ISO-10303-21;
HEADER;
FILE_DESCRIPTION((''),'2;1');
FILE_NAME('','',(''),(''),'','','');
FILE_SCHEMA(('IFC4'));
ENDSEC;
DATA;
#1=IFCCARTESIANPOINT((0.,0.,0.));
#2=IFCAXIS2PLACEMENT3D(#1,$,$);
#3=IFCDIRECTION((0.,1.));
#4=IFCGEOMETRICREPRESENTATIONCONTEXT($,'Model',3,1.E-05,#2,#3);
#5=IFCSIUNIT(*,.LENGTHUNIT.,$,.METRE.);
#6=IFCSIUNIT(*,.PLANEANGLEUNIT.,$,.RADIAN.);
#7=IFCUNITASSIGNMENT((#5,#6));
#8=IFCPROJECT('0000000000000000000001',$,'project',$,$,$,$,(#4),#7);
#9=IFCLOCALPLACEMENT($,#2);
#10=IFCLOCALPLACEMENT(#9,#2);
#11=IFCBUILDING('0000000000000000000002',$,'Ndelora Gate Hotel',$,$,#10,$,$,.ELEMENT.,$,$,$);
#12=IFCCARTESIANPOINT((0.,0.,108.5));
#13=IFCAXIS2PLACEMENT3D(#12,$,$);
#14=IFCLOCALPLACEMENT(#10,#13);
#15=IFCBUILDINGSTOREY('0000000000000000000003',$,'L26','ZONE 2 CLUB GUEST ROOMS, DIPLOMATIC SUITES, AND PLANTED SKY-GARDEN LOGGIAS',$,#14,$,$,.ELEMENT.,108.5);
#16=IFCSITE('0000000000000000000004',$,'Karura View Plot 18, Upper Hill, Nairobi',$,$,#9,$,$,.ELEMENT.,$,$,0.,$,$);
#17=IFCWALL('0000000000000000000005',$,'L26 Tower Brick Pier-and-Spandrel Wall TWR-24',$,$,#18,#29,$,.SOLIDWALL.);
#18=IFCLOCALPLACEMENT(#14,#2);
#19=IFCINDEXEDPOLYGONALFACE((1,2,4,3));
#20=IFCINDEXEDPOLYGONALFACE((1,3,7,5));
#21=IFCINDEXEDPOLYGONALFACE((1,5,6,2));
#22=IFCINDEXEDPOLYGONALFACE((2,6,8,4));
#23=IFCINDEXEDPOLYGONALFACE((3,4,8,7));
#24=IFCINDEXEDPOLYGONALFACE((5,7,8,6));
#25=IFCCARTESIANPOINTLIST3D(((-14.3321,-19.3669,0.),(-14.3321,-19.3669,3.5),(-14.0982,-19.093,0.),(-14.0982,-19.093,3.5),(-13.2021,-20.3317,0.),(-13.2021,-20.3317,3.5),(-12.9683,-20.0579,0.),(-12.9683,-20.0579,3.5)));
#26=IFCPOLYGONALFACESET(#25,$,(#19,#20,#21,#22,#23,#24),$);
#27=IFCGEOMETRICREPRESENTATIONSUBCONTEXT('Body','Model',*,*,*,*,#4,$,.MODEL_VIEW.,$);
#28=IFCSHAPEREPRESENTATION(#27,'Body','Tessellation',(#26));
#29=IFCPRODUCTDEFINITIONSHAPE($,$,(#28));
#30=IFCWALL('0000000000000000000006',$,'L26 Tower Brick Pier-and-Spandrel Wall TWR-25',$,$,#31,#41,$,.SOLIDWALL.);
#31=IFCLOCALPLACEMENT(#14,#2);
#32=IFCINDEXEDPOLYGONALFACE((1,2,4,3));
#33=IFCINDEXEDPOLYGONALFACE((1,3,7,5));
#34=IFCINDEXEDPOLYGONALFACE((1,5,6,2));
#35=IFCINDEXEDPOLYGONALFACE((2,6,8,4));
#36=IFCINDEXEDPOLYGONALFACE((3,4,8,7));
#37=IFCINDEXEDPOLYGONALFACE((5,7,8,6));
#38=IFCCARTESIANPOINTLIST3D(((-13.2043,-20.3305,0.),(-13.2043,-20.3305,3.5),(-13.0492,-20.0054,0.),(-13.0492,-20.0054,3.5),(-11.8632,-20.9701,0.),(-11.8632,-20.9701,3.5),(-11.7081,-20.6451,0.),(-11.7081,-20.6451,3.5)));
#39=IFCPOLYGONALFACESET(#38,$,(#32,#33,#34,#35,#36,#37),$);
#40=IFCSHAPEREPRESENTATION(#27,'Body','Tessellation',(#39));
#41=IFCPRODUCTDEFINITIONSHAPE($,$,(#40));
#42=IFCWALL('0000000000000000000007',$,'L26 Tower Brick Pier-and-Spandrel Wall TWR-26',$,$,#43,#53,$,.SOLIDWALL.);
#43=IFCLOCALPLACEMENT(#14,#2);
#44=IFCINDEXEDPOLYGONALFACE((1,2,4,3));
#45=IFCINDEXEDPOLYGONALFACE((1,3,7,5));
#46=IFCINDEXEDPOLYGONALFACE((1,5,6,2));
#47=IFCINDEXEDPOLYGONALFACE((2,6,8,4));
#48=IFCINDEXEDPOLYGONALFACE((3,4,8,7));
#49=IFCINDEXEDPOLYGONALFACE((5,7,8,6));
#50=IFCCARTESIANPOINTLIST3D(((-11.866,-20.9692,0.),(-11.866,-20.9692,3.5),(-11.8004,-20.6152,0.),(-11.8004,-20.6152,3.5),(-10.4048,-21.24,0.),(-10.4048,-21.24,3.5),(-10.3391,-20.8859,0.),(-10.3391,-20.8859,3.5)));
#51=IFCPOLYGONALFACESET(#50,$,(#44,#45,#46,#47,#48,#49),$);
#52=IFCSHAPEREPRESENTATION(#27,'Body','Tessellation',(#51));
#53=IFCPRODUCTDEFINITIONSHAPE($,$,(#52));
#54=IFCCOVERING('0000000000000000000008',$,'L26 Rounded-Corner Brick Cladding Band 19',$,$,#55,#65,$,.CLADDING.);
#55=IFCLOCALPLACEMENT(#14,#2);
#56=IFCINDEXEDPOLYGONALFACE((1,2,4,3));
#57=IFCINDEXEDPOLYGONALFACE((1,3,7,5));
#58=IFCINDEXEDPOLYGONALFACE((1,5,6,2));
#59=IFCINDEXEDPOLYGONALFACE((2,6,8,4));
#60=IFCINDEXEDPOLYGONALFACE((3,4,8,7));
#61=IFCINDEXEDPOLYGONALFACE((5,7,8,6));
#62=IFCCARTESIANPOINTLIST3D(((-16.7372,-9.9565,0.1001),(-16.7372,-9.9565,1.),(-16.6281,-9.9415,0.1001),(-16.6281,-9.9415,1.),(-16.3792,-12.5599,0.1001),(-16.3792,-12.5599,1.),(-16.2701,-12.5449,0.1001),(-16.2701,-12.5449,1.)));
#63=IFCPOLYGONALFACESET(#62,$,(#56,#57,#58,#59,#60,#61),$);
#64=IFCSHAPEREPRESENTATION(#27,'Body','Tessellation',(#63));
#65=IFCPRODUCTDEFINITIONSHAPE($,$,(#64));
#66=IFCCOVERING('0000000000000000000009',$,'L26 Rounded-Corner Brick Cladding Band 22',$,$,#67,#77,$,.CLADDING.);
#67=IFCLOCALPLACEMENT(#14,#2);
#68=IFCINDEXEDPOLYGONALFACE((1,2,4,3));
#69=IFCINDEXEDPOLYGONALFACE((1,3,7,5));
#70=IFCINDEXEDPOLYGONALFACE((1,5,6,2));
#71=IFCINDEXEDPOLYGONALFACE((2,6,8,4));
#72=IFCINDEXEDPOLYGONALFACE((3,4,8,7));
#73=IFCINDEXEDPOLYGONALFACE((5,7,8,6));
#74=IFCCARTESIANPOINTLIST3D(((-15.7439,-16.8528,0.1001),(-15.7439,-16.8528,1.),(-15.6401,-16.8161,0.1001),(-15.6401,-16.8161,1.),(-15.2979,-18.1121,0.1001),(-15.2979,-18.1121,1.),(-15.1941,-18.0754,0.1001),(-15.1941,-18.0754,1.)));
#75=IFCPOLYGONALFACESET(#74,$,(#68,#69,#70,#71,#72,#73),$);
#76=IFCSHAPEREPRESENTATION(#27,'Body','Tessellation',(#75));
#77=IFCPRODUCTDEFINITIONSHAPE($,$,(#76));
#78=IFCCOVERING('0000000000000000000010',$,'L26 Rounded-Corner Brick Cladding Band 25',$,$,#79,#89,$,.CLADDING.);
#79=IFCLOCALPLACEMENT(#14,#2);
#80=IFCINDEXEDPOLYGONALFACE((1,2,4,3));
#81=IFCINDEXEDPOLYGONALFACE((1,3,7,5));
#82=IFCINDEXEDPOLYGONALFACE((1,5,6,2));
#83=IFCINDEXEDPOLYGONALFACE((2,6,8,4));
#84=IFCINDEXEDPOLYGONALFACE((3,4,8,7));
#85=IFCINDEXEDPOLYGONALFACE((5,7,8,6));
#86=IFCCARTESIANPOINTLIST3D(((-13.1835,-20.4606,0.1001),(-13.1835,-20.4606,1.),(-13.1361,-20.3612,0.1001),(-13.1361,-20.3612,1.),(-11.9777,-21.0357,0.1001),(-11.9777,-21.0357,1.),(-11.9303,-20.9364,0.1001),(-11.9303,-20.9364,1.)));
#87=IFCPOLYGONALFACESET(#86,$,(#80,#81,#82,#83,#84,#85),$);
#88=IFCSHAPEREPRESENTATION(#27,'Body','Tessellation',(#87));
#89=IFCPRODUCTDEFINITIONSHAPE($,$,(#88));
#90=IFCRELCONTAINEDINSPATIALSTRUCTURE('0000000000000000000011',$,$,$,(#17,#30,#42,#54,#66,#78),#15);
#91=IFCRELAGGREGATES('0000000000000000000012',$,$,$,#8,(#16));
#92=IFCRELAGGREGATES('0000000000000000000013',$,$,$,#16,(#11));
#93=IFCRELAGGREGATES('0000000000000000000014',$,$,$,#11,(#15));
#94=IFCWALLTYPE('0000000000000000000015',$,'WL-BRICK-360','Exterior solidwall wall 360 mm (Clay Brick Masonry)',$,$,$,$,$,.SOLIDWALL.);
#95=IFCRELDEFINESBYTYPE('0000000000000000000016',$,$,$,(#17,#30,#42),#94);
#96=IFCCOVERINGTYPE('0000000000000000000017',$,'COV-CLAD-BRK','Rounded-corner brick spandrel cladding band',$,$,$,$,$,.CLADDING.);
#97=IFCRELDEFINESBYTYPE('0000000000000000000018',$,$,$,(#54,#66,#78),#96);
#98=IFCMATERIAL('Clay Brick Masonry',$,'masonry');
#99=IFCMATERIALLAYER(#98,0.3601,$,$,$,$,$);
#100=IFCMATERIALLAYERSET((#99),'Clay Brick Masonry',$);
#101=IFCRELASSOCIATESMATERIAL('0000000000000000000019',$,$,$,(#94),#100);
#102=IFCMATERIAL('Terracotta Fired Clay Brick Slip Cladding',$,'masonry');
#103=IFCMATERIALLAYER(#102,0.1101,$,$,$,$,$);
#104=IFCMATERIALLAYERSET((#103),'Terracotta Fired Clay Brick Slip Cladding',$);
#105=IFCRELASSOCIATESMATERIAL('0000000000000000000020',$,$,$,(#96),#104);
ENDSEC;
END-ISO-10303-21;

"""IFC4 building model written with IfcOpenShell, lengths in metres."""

from ifc_helpers import new_model, si_unit, direction, frame, frame_2d, origin, origin_2d, place, context, subcontext, project, spatial, rectangle, extrude, material, layer, layer_set, type_object, element, save


model = new_model("IFC4")

# Units and contexts
model_context = context("Model", 3, precision=1e-05, world=origin(), true_north=direction((0.0, 1.0)))
body_context = subcontext(model_context, "Body", "Model", "MODEL_VIEW")
ifc_project = project(units=[si_unit("LENGTHUNIT", "METRE"), si_unit("PLANEANGLEUNIT", "RADIAN")], contexts=[model_context])

# Site, building, storey
site_placement = place(None, origin())
site = spatial("IfcSite", under=ifc_project, at=site_placement, Name="Karura View Plot 18, Upper Hill, Nairobi", CompositionType="ELEMENT", RefElevation=0.0)
building_placement = place(site_placement, origin())
building = spatial("IfcBuilding", under=site, at=building_placement, Name="Ndelora Gate Hotel", CompositionType="ELEMENT")
storey_placement = place(building_placement, frame((0.0, 0.0, 108.5)))
storey = spatial("IfcBuildingStorey", under=building, at=storey_placement, Name="L26", Description="ZONE 2 CLUB GUEST ROOMS, DIPLOMATIC SUITES, AND PLANTED SKY-GARDEN LOGGIAS", CompositionType="ELEMENT", Elevation=108.5)

# Shared definitions
ifc_material_1 = material(Name="Clay Brick Masonry", Category="masonry")
ifc_layer_1 = layer(ifc_material_1, 0.3601)
ifc_layer_set_1 = layer_set([ifc_layer_1], Name="Clay Brick Masonry")
wall_type = type_object("IfcWallType", Name="WL-BRICK-360", Description="Exterior solidwall wall 360 mm (Clay Brick Masonry)", PredefinedType="SOLIDWALL", material=ifc_layer_set_1)

# Walls
for number, where, z_axis, x_axis, name in (
    (1, (-13.0852, -20.1948, 0.0), (0.0, 0.0, 1.0), (-0.760462, 0.649383, 0.0), "L26 Tower Brick Pier-and-Spandrel Wall TWR-24"),
    (2, (-11.7856, -20.8076, 0.0), (0.0, 0.0, 1.0), (-0.902587, 0.430508, 0.0), "L26 Tower Brick Pier-and-Spandrel Wall TWR-25"),
):
    element("IfcWall", number, at=place(storey_placement, frame(where, z_axis=z_axis, x_axis=x_axis)), inside=storey, type_object=wall_type, Name=name, PredefinedType="SOLIDWALL", context=body_context, shape_type="SweptSolid", body=[
        extrude(rectangle(XDim=1.4858, YDim=0.3601, at=frame_2d((0.7429, 0.0))), origin(), (0.0, 0.0, 1.0), 3.5),
    ])
wall_1_placement = place(storey_placement, frame((-10.3718, -21.063, 0.0), z_axis=(0.0, 0.0, 1.0), x_axis=(-0.983262, 0.182195, 0.0)))
element("IfcWall", 3, at=wall_1_placement, inside=storey, type_object=wall_type, Name="L26 Tower Brick Pier-and-Spandrel Wall TWR-26", PredefinedType="SOLIDWALL", context=body_context, shape_type="SweptSolid", body=[
    extrude(rectangle(XDim=1.4861, YDim=0.3601, at=frame_2d((0.7432, 0.0))), origin(), (0.0, 0.0, 1.0), 3.5),
])

# Coverings
ifc_material_2 = material(Name="Terracotta Fired Clay Brick Slip Cladding", Category="masonry")
ifc_layer_2 = layer(ifc_material_2, 0.1101)
ifc_layer_set_2 = layer_set([ifc_layer_2], Name="Terracotta Fired Clay Brick Slip Cladding")
covering_type = type_object("IfcCoveringType", Name="COV-CLAD-BRK", Description="Rounded-corner brick spandrel cladding band", PredefinedType="CLADDING", material=ifc_layer_set_2)
covering_placement = place(storey_placement, frame((-16.5037, -11.2507, 0.1001), z_axis=(0.0, 0.0, 1.0), x_axis=(-0.136234, 0.990677, 0.0)))
element("IfcCovering", 4, at=covering_placement, inside=storey, type_object=covering_type, Name="L26 Rounded-Corner Brick Cladding Band 19", PredefinedType="CLADDING", context=body_context, shape_type="SweptSolid", body=[
    extrude(rectangle(XDim=2.6279, YDim=0.1101, at=origin_2d()), origin(), (0.0, 0.0, 1.0), 0.8999),
])
for number, where, z_axis, x_axis, name in (
    (5, (-15.469, -17.4641, 0.1001), (0.0, 0.0, 1.0), (-0.333807, 0.942641, 0.0), "L26 Rounded-Corner Brick Cladding Band 22"),
    (6, (-12.5569, -20.6985, 0.1001), (0.0, 0.0, 1.0), (-0.902585, 0.430511, 0.0), "L26 Rounded-Corner Brick Cladding Band 25"),
):
    element("IfcCovering", number, at=place(storey_placement, frame(where, z_axis=z_axis, x_axis=x_axis)), inside=storey, type_object=covering_type, Name=name, PredefinedType="CLADDING", context=body_context, shape_type="SweptSolid", body=[
        extrude(rectangle(XDim=1.3359, YDim=0.1101, at=origin_2d()), origin(), (0.0, 0.0, 1.0), 0.8999),
    ])

save(model, "model.ifc")
